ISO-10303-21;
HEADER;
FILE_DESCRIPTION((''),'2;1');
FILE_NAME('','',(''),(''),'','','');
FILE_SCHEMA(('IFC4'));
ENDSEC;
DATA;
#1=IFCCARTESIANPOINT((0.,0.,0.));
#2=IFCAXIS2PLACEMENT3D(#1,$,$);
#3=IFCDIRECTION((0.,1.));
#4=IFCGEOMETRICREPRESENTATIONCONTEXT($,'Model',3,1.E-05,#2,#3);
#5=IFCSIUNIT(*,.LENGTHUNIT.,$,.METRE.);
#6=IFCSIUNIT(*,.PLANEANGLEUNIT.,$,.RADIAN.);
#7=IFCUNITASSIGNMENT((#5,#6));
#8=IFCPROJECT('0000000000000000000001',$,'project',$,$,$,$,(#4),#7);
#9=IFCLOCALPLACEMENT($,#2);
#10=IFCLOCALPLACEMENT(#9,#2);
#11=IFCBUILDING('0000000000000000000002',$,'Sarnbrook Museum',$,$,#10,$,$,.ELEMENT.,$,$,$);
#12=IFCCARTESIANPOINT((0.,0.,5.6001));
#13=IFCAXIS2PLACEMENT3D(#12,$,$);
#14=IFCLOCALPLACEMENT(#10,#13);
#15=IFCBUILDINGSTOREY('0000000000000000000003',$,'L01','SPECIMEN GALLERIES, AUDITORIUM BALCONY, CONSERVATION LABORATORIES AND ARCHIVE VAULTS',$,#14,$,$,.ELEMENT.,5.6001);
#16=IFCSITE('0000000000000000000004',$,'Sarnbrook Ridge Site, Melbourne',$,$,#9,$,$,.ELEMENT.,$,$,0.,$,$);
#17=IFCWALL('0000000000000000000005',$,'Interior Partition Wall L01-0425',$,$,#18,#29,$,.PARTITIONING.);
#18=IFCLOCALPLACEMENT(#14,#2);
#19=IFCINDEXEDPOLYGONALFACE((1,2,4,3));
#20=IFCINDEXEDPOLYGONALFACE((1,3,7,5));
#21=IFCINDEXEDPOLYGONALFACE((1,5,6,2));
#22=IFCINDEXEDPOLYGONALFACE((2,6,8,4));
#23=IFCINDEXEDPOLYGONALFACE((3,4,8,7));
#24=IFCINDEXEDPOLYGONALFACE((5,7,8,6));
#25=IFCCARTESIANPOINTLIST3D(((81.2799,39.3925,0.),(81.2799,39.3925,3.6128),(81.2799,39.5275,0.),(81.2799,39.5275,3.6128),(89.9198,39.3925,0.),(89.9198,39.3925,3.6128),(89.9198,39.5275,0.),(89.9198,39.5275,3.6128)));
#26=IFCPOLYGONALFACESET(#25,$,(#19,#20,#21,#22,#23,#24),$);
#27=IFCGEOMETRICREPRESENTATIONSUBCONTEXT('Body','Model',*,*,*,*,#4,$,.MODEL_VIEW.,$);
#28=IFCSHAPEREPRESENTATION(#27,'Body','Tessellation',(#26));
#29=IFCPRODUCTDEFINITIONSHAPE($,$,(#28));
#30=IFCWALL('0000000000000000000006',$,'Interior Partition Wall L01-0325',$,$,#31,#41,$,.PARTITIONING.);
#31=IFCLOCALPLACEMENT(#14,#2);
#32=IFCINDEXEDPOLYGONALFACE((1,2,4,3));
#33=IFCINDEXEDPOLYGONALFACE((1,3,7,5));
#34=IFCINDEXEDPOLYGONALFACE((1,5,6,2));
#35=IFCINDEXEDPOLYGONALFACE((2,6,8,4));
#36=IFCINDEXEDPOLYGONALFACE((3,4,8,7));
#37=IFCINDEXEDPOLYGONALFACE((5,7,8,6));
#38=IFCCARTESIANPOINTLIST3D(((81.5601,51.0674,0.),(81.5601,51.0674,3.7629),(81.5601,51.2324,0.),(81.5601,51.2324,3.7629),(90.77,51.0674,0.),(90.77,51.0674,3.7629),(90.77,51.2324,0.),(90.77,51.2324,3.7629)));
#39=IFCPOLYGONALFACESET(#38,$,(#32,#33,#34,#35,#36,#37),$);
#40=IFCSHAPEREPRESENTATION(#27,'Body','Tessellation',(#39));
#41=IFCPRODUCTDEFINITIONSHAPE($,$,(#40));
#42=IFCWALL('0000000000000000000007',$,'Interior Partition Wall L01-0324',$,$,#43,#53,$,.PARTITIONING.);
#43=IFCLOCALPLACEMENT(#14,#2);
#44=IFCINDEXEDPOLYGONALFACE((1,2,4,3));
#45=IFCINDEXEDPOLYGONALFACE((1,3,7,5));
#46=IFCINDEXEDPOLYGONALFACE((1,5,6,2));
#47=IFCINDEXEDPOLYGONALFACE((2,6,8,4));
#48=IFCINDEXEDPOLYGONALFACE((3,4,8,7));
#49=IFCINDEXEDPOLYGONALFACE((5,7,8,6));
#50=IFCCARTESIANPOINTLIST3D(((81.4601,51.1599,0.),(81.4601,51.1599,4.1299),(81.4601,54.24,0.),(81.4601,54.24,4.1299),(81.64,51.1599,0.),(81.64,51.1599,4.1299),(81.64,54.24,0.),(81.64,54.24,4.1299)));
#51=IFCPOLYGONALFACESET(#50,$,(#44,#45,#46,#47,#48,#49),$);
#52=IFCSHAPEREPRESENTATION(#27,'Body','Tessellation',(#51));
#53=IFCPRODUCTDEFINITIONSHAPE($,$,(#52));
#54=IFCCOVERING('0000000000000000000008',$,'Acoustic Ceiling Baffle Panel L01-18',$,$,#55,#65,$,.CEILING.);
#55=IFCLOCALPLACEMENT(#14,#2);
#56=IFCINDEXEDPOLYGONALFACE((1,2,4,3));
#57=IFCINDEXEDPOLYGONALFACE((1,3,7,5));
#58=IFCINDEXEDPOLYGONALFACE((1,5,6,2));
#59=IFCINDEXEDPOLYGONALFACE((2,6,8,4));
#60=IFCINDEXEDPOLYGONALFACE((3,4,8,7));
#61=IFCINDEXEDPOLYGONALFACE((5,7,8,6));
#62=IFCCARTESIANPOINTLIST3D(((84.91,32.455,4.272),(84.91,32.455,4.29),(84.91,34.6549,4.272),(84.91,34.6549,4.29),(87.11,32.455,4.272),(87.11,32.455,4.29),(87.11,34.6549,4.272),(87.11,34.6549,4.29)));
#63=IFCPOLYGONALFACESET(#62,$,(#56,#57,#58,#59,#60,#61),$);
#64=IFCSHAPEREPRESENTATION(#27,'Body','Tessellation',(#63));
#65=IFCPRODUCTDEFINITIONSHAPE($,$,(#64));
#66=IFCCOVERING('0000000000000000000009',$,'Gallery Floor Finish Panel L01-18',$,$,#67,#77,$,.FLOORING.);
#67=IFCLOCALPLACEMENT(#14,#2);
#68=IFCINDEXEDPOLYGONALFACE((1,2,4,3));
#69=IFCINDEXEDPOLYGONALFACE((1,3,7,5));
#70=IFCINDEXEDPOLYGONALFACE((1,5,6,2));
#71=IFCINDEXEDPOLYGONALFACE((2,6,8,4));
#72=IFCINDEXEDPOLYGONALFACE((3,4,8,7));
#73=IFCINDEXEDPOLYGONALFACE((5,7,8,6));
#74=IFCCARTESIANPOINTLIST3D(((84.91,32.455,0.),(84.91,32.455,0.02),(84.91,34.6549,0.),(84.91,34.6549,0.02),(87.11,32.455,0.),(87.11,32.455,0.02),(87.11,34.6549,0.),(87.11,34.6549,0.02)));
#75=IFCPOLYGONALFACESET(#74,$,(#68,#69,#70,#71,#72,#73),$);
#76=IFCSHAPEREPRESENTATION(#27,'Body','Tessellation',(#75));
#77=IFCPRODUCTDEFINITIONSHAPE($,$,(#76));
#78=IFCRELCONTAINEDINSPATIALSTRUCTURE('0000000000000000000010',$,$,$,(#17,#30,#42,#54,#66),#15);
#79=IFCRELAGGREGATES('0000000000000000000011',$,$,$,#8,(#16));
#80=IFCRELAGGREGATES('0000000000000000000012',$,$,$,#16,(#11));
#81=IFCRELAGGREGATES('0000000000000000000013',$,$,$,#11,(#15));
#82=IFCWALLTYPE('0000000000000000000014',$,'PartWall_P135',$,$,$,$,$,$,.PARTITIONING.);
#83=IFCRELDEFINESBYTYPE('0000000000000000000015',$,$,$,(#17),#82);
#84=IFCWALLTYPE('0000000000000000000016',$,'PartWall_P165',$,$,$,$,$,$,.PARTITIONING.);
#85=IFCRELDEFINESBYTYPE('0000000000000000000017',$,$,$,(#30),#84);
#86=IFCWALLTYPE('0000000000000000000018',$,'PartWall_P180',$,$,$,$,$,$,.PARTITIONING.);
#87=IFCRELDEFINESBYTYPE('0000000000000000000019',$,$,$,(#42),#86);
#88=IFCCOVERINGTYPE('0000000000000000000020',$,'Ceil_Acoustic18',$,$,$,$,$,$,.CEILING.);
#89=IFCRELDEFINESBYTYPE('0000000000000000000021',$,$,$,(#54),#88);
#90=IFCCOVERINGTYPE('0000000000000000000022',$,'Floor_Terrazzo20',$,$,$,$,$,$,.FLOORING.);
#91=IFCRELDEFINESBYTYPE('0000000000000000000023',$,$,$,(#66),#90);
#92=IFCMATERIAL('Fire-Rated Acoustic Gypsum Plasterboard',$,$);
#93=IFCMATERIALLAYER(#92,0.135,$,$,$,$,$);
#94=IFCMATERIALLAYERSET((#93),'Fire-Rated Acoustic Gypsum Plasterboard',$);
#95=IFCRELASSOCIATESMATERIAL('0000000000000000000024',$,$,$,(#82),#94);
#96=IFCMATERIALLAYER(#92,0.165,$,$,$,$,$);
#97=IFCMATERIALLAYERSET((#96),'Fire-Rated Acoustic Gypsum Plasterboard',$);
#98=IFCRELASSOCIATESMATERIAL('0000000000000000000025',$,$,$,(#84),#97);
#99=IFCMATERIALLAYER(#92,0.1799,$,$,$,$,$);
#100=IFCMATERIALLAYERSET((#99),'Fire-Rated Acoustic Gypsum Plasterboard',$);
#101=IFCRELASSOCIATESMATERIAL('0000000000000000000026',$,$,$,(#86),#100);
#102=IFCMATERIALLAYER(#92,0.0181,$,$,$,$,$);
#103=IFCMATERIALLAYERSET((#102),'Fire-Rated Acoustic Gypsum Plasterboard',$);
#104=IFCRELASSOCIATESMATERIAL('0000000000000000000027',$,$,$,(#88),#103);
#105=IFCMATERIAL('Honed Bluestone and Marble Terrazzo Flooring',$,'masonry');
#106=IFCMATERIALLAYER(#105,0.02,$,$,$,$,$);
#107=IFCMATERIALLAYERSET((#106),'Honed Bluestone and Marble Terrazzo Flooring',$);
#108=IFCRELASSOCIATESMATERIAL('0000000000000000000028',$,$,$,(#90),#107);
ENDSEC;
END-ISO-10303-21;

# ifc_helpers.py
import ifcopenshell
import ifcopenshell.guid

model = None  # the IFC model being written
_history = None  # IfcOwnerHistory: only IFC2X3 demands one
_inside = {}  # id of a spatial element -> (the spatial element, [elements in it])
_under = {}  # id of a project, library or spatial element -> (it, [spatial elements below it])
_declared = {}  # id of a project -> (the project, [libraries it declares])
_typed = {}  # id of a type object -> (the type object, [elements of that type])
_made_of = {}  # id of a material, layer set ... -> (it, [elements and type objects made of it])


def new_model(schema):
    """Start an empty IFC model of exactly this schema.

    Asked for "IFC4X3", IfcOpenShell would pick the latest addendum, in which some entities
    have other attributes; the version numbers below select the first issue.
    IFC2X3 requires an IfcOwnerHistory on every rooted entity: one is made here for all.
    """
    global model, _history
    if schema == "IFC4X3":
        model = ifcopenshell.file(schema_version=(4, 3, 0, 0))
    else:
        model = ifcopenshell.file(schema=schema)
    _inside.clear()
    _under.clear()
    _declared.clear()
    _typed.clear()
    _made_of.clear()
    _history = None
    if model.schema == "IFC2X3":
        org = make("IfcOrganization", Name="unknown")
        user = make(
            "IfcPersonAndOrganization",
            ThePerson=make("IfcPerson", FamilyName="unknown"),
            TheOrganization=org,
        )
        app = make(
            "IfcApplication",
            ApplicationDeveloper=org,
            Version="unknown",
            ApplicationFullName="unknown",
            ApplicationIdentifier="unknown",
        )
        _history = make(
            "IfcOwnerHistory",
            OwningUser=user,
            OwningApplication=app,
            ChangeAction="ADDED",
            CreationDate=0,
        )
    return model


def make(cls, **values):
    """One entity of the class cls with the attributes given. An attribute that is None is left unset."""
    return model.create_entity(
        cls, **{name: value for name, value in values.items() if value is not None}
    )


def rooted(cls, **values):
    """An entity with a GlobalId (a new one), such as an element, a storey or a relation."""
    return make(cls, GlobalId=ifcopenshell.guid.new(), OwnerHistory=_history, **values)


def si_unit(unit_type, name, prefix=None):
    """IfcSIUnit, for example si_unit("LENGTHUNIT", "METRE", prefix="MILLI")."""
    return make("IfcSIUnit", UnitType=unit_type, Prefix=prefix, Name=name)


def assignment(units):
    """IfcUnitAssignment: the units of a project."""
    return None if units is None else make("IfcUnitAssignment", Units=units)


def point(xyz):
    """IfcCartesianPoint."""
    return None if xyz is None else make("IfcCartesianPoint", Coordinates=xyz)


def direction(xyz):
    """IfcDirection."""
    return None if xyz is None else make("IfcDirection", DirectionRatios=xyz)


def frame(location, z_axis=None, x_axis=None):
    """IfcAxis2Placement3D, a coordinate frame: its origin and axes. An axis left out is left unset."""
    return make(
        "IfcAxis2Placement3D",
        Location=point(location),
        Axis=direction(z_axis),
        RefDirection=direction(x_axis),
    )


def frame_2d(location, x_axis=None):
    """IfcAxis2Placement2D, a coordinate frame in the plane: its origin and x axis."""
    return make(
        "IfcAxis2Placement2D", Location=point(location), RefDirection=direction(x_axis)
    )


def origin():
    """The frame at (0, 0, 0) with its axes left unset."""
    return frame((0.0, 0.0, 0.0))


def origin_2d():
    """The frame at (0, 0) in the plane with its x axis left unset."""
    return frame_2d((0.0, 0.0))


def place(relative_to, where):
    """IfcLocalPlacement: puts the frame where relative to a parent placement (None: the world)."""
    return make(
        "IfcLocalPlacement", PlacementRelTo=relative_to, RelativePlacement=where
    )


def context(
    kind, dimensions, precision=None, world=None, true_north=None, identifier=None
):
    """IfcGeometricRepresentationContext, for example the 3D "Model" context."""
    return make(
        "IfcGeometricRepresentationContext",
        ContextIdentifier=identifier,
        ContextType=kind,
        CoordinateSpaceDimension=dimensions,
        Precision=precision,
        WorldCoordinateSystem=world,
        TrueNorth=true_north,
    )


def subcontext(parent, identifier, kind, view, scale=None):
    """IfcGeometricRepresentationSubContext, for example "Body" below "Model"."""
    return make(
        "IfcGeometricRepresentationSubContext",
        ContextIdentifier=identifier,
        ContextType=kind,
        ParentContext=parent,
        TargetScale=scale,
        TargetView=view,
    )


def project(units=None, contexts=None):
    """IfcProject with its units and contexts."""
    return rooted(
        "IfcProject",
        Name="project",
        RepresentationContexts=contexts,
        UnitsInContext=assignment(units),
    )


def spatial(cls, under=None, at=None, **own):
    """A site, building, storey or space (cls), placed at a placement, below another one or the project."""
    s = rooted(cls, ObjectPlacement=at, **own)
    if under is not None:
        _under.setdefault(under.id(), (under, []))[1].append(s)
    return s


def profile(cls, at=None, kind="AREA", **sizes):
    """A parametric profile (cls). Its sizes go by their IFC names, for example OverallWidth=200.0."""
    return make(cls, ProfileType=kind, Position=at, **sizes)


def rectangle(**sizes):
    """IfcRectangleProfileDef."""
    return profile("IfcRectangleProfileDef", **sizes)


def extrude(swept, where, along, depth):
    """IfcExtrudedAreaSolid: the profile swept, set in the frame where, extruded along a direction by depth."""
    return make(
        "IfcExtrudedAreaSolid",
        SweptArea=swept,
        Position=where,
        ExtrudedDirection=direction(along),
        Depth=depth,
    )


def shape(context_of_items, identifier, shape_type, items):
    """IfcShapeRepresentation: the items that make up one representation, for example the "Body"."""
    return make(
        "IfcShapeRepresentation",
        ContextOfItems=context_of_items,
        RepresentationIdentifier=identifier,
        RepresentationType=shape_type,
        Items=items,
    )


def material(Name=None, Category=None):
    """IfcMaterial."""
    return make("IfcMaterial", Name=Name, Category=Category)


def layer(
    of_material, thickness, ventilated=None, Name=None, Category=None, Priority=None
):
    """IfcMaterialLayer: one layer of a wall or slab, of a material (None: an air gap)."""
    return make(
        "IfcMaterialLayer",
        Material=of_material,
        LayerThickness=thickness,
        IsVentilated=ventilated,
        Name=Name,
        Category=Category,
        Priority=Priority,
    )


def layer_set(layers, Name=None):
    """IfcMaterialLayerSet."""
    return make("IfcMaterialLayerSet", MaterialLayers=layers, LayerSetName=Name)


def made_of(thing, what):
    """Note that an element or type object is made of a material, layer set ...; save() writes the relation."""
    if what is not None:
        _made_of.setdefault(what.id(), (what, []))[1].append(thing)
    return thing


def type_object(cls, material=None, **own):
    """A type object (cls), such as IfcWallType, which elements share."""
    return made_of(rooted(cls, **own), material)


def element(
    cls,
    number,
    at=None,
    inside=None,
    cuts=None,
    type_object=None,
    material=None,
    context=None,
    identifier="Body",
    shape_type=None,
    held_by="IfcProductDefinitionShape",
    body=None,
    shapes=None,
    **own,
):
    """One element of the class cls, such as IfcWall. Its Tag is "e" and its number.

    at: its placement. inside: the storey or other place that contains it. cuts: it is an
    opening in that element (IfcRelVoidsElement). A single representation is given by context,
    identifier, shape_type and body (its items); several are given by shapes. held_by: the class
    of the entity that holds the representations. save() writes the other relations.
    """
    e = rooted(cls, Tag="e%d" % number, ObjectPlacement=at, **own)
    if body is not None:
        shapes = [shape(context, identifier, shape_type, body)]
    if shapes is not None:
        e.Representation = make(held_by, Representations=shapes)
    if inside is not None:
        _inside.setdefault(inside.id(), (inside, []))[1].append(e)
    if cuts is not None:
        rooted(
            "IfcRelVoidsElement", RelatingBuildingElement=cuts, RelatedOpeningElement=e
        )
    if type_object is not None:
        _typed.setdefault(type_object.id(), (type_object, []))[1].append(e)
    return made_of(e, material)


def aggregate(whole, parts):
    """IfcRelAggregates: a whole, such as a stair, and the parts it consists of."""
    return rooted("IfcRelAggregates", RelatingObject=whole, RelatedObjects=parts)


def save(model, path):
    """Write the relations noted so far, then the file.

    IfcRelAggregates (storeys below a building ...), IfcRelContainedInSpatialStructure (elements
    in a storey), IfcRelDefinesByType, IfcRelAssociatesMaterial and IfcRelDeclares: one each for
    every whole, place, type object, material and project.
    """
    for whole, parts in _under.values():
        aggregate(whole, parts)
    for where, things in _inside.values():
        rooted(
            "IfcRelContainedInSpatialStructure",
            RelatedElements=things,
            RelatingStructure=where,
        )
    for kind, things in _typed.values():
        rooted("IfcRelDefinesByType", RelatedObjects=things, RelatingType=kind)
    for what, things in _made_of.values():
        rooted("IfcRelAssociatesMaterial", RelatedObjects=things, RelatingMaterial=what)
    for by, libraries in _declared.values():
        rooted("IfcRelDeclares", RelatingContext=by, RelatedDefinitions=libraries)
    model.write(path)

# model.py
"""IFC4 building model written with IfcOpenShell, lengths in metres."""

from ifc_helpers import new_model, si_unit, direction, frame, frame_2d, origin, origin_2d, place, context, subcontext, project, spatial, rectangle, extrude, material, layer, layer_set, type_object, element, save


model = new_model("IFC4")

# Units and contexts
model_context = context("Model", 3, precision=1e-05, world=origin(), true_north=direction((0.0, 1.0)))
body_context = subcontext(model_context, "Body", "Model", "MODEL_VIEW")
ifc_project = project(units=[si_unit("LENGTHUNIT", "METRE"), si_unit("PLANEANGLEUNIT", "RADIAN")], contexts=[model_context])

# Site, building, storey
site_placement = place(None, origin())
site = spatial("IfcSite", under=ifc_project, at=site_placement, Name="Sarnbrook Ridge Site, Melbourne", CompositionType="ELEMENT", RefElevation=0.0)
building_placement = place(site_placement, origin())
building = spatial("IfcBuilding", under=site, at=building_placement, Name="Sarnbrook Museum", CompositionType="ELEMENT")
storey_placement = place(building_placement, frame((0.0, 0.0, 5.6001)))
storey = spatial("IfcBuildingStorey", under=building, at=storey_placement, Name="L01", Description="SPECIMEN GALLERIES, AUDITORIUM BALCONY, CONSERVATION LABORATORIES AND ARCHIVE VAULTS", CompositionType="ELEMENT", Elevation=5.6001)

# Walls
ifc_material_1 = material(Name="Fire-Rated Acoustic Gypsum Plasterboard")
ifc_layer_1 = layer(ifc_material_1, 0.135)
ifc_layer_set_1 = layer_set([ifc_layer_1], Name="Fire-Rated Acoustic Gypsum Plasterboard")
wall_type_1 = type_object("IfcWallType", Name="PartWall_P135", PredefinedType="PARTITIONING", material=ifc_layer_set_1)
wall_1_placement = place(storey_placement, frame((81.28, 39.46, 0.0), z_axis=(0.0, 0.0, 1.0), x_axis=(1.0, 0.0, 0.0)))
element("IfcWall", 1, at=wall_1_placement, inside=storey, type_object=wall_type_1, Name="Interior Partition Wall L01-0425", PredefinedType="PARTITIONING", context=body_context, shape_type="SweptSolid", body=[
    extrude(rectangle(XDim=8.6399, YDim=0.135, at=frame_2d((4.3198, 0.0))), origin(), (0.0, 0.0, 1.0), 3.6128),
])
ifc_layer_2 = layer(ifc_material_1, 0.165)
ifc_layer_set_2 = layer_set([ifc_layer_2], Name="Fire-Rated Acoustic Gypsum Plasterboard")
wall_type_2 = type_object("IfcWallType", Name="PartWall_P165", PredefinedType="PARTITIONING", material=ifc_layer_set_2)
wall_2_placement = place(storey_placement, frame((81.5601, 51.1499, 0.0), z_axis=(0.0, 0.0, 1.0), x_axis=(1.0, 0.0, 0.0)))
element("IfcWall", 2, at=wall_2_placement, inside=storey, type_object=wall_type_2, Name="Interior Partition Wall L01-0325", PredefinedType="PARTITIONING", context=body_context, shape_type="SweptSolid", body=[
    extrude(rectangle(XDim=9.21, YDim=0.165, at=frame_2d((4.605, 0.0))), origin(), (0.0, 0.0, 1.0), 3.7629),
])
ifc_layer_3 = layer(ifc_material_1, 0.1799)
ifc_layer_set_3 = layer_set([ifc_layer_3], Name="Fire-Rated Acoustic Gypsum Plasterboard")
wall_type_3 = type_object("IfcWallType", Name="PartWall_P180", PredefinedType="PARTITIONING", material=ifc_layer_set_3)
wall_3_placement = place(storey_placement, frame((81.55, 54.24, 0.0), z_axis=(0.0, 0.0, 1.0), x_axis=(0.0, -1.0, 0.0)))
element("IfcWall", 3, at=wall_3_placement, inside=storey, type_object=wall_type_3, Name="Interior Partition Wall L01-0324", PredefinedType="PARTITIONING", context=body_context, shape_type="SweptSolid", body=[
    extrude(rectangle(XDim=3.0801, YDim=0.1799, at=frame_2d((1.54, 0.0))), origin(), (0.0, 0.0, 1.0), 4.1299),
])

# Coverings
ifc_layer_4 = layer(ifc_material_1, 0.0181)
ifc_layer_set_4 = layer_set([ifc_layer_4], Name="Fire-Rated Acoustic Gypsum Plasterboard")
covering_type_1 = type_object("IfcCoveringType", Name="Ceil_Acoustic18", PredefinedType="CEILING", material=ifc_layer_set_4)
covering_1_placement = place(storey_placement, frame((86.01, 33.5549, 4.272), z_axis=(0.0, 0.0, 1.0), x_axis=(1.0, 0.0, 0.0)))
element("IfcCovering", 4, at=covering_1_placement, inside=storey, type_object=covering_type_1, Name="Acoustic Ceiling Baffle Panel L01-18", PredefinedType="CEILING", context=body_context, shape_type="SweptSolid", body=[
    extrude(rectangle(XDim=2.2, YDim=2.2, at=origin_2d()), origin(), (0.0, 0.0, 1.0), 0.0181),
])
ifc_material_2 = material(Name="Honed Bluestone and Marble Terrazzo Flooring", Category="masonry")
ifc_layer_5 = layer(ifc_material_2, 0.02)
ifc_layer_set_5 = layer_set([ifc_layer_5], Name="Honed Bluestone and Marble Terrazzo Flooring")
covering_type_2 = type_object("IfcCoveringType", Name="Floor_Terrazzo20", PredefinedType="FLOORING", material=ifc_layer_set_5)
covering_2_placement = place(storey_placement, frame((86.01, 33.5549, 0.0), z_axis=(0.0, 0.0, 1.0), x_axis=(1.0, 0.0, 0.0)))
element("IfcCovering", 5, at=covering_2_placement, inside=storey, type_object=covering_type_2, Name="Gallery Floor Finish Panel L01-18", PredefinedType="FLOORING", context=body_context, shape_type="SweptSolid", body=[
    extrude(rectangle(XDim=2.2, YDim=2.2, at=origin_2d()), origin(), (0.0, 0.0, 1.0), 0.02),
])

save(model, "model.ifc")
